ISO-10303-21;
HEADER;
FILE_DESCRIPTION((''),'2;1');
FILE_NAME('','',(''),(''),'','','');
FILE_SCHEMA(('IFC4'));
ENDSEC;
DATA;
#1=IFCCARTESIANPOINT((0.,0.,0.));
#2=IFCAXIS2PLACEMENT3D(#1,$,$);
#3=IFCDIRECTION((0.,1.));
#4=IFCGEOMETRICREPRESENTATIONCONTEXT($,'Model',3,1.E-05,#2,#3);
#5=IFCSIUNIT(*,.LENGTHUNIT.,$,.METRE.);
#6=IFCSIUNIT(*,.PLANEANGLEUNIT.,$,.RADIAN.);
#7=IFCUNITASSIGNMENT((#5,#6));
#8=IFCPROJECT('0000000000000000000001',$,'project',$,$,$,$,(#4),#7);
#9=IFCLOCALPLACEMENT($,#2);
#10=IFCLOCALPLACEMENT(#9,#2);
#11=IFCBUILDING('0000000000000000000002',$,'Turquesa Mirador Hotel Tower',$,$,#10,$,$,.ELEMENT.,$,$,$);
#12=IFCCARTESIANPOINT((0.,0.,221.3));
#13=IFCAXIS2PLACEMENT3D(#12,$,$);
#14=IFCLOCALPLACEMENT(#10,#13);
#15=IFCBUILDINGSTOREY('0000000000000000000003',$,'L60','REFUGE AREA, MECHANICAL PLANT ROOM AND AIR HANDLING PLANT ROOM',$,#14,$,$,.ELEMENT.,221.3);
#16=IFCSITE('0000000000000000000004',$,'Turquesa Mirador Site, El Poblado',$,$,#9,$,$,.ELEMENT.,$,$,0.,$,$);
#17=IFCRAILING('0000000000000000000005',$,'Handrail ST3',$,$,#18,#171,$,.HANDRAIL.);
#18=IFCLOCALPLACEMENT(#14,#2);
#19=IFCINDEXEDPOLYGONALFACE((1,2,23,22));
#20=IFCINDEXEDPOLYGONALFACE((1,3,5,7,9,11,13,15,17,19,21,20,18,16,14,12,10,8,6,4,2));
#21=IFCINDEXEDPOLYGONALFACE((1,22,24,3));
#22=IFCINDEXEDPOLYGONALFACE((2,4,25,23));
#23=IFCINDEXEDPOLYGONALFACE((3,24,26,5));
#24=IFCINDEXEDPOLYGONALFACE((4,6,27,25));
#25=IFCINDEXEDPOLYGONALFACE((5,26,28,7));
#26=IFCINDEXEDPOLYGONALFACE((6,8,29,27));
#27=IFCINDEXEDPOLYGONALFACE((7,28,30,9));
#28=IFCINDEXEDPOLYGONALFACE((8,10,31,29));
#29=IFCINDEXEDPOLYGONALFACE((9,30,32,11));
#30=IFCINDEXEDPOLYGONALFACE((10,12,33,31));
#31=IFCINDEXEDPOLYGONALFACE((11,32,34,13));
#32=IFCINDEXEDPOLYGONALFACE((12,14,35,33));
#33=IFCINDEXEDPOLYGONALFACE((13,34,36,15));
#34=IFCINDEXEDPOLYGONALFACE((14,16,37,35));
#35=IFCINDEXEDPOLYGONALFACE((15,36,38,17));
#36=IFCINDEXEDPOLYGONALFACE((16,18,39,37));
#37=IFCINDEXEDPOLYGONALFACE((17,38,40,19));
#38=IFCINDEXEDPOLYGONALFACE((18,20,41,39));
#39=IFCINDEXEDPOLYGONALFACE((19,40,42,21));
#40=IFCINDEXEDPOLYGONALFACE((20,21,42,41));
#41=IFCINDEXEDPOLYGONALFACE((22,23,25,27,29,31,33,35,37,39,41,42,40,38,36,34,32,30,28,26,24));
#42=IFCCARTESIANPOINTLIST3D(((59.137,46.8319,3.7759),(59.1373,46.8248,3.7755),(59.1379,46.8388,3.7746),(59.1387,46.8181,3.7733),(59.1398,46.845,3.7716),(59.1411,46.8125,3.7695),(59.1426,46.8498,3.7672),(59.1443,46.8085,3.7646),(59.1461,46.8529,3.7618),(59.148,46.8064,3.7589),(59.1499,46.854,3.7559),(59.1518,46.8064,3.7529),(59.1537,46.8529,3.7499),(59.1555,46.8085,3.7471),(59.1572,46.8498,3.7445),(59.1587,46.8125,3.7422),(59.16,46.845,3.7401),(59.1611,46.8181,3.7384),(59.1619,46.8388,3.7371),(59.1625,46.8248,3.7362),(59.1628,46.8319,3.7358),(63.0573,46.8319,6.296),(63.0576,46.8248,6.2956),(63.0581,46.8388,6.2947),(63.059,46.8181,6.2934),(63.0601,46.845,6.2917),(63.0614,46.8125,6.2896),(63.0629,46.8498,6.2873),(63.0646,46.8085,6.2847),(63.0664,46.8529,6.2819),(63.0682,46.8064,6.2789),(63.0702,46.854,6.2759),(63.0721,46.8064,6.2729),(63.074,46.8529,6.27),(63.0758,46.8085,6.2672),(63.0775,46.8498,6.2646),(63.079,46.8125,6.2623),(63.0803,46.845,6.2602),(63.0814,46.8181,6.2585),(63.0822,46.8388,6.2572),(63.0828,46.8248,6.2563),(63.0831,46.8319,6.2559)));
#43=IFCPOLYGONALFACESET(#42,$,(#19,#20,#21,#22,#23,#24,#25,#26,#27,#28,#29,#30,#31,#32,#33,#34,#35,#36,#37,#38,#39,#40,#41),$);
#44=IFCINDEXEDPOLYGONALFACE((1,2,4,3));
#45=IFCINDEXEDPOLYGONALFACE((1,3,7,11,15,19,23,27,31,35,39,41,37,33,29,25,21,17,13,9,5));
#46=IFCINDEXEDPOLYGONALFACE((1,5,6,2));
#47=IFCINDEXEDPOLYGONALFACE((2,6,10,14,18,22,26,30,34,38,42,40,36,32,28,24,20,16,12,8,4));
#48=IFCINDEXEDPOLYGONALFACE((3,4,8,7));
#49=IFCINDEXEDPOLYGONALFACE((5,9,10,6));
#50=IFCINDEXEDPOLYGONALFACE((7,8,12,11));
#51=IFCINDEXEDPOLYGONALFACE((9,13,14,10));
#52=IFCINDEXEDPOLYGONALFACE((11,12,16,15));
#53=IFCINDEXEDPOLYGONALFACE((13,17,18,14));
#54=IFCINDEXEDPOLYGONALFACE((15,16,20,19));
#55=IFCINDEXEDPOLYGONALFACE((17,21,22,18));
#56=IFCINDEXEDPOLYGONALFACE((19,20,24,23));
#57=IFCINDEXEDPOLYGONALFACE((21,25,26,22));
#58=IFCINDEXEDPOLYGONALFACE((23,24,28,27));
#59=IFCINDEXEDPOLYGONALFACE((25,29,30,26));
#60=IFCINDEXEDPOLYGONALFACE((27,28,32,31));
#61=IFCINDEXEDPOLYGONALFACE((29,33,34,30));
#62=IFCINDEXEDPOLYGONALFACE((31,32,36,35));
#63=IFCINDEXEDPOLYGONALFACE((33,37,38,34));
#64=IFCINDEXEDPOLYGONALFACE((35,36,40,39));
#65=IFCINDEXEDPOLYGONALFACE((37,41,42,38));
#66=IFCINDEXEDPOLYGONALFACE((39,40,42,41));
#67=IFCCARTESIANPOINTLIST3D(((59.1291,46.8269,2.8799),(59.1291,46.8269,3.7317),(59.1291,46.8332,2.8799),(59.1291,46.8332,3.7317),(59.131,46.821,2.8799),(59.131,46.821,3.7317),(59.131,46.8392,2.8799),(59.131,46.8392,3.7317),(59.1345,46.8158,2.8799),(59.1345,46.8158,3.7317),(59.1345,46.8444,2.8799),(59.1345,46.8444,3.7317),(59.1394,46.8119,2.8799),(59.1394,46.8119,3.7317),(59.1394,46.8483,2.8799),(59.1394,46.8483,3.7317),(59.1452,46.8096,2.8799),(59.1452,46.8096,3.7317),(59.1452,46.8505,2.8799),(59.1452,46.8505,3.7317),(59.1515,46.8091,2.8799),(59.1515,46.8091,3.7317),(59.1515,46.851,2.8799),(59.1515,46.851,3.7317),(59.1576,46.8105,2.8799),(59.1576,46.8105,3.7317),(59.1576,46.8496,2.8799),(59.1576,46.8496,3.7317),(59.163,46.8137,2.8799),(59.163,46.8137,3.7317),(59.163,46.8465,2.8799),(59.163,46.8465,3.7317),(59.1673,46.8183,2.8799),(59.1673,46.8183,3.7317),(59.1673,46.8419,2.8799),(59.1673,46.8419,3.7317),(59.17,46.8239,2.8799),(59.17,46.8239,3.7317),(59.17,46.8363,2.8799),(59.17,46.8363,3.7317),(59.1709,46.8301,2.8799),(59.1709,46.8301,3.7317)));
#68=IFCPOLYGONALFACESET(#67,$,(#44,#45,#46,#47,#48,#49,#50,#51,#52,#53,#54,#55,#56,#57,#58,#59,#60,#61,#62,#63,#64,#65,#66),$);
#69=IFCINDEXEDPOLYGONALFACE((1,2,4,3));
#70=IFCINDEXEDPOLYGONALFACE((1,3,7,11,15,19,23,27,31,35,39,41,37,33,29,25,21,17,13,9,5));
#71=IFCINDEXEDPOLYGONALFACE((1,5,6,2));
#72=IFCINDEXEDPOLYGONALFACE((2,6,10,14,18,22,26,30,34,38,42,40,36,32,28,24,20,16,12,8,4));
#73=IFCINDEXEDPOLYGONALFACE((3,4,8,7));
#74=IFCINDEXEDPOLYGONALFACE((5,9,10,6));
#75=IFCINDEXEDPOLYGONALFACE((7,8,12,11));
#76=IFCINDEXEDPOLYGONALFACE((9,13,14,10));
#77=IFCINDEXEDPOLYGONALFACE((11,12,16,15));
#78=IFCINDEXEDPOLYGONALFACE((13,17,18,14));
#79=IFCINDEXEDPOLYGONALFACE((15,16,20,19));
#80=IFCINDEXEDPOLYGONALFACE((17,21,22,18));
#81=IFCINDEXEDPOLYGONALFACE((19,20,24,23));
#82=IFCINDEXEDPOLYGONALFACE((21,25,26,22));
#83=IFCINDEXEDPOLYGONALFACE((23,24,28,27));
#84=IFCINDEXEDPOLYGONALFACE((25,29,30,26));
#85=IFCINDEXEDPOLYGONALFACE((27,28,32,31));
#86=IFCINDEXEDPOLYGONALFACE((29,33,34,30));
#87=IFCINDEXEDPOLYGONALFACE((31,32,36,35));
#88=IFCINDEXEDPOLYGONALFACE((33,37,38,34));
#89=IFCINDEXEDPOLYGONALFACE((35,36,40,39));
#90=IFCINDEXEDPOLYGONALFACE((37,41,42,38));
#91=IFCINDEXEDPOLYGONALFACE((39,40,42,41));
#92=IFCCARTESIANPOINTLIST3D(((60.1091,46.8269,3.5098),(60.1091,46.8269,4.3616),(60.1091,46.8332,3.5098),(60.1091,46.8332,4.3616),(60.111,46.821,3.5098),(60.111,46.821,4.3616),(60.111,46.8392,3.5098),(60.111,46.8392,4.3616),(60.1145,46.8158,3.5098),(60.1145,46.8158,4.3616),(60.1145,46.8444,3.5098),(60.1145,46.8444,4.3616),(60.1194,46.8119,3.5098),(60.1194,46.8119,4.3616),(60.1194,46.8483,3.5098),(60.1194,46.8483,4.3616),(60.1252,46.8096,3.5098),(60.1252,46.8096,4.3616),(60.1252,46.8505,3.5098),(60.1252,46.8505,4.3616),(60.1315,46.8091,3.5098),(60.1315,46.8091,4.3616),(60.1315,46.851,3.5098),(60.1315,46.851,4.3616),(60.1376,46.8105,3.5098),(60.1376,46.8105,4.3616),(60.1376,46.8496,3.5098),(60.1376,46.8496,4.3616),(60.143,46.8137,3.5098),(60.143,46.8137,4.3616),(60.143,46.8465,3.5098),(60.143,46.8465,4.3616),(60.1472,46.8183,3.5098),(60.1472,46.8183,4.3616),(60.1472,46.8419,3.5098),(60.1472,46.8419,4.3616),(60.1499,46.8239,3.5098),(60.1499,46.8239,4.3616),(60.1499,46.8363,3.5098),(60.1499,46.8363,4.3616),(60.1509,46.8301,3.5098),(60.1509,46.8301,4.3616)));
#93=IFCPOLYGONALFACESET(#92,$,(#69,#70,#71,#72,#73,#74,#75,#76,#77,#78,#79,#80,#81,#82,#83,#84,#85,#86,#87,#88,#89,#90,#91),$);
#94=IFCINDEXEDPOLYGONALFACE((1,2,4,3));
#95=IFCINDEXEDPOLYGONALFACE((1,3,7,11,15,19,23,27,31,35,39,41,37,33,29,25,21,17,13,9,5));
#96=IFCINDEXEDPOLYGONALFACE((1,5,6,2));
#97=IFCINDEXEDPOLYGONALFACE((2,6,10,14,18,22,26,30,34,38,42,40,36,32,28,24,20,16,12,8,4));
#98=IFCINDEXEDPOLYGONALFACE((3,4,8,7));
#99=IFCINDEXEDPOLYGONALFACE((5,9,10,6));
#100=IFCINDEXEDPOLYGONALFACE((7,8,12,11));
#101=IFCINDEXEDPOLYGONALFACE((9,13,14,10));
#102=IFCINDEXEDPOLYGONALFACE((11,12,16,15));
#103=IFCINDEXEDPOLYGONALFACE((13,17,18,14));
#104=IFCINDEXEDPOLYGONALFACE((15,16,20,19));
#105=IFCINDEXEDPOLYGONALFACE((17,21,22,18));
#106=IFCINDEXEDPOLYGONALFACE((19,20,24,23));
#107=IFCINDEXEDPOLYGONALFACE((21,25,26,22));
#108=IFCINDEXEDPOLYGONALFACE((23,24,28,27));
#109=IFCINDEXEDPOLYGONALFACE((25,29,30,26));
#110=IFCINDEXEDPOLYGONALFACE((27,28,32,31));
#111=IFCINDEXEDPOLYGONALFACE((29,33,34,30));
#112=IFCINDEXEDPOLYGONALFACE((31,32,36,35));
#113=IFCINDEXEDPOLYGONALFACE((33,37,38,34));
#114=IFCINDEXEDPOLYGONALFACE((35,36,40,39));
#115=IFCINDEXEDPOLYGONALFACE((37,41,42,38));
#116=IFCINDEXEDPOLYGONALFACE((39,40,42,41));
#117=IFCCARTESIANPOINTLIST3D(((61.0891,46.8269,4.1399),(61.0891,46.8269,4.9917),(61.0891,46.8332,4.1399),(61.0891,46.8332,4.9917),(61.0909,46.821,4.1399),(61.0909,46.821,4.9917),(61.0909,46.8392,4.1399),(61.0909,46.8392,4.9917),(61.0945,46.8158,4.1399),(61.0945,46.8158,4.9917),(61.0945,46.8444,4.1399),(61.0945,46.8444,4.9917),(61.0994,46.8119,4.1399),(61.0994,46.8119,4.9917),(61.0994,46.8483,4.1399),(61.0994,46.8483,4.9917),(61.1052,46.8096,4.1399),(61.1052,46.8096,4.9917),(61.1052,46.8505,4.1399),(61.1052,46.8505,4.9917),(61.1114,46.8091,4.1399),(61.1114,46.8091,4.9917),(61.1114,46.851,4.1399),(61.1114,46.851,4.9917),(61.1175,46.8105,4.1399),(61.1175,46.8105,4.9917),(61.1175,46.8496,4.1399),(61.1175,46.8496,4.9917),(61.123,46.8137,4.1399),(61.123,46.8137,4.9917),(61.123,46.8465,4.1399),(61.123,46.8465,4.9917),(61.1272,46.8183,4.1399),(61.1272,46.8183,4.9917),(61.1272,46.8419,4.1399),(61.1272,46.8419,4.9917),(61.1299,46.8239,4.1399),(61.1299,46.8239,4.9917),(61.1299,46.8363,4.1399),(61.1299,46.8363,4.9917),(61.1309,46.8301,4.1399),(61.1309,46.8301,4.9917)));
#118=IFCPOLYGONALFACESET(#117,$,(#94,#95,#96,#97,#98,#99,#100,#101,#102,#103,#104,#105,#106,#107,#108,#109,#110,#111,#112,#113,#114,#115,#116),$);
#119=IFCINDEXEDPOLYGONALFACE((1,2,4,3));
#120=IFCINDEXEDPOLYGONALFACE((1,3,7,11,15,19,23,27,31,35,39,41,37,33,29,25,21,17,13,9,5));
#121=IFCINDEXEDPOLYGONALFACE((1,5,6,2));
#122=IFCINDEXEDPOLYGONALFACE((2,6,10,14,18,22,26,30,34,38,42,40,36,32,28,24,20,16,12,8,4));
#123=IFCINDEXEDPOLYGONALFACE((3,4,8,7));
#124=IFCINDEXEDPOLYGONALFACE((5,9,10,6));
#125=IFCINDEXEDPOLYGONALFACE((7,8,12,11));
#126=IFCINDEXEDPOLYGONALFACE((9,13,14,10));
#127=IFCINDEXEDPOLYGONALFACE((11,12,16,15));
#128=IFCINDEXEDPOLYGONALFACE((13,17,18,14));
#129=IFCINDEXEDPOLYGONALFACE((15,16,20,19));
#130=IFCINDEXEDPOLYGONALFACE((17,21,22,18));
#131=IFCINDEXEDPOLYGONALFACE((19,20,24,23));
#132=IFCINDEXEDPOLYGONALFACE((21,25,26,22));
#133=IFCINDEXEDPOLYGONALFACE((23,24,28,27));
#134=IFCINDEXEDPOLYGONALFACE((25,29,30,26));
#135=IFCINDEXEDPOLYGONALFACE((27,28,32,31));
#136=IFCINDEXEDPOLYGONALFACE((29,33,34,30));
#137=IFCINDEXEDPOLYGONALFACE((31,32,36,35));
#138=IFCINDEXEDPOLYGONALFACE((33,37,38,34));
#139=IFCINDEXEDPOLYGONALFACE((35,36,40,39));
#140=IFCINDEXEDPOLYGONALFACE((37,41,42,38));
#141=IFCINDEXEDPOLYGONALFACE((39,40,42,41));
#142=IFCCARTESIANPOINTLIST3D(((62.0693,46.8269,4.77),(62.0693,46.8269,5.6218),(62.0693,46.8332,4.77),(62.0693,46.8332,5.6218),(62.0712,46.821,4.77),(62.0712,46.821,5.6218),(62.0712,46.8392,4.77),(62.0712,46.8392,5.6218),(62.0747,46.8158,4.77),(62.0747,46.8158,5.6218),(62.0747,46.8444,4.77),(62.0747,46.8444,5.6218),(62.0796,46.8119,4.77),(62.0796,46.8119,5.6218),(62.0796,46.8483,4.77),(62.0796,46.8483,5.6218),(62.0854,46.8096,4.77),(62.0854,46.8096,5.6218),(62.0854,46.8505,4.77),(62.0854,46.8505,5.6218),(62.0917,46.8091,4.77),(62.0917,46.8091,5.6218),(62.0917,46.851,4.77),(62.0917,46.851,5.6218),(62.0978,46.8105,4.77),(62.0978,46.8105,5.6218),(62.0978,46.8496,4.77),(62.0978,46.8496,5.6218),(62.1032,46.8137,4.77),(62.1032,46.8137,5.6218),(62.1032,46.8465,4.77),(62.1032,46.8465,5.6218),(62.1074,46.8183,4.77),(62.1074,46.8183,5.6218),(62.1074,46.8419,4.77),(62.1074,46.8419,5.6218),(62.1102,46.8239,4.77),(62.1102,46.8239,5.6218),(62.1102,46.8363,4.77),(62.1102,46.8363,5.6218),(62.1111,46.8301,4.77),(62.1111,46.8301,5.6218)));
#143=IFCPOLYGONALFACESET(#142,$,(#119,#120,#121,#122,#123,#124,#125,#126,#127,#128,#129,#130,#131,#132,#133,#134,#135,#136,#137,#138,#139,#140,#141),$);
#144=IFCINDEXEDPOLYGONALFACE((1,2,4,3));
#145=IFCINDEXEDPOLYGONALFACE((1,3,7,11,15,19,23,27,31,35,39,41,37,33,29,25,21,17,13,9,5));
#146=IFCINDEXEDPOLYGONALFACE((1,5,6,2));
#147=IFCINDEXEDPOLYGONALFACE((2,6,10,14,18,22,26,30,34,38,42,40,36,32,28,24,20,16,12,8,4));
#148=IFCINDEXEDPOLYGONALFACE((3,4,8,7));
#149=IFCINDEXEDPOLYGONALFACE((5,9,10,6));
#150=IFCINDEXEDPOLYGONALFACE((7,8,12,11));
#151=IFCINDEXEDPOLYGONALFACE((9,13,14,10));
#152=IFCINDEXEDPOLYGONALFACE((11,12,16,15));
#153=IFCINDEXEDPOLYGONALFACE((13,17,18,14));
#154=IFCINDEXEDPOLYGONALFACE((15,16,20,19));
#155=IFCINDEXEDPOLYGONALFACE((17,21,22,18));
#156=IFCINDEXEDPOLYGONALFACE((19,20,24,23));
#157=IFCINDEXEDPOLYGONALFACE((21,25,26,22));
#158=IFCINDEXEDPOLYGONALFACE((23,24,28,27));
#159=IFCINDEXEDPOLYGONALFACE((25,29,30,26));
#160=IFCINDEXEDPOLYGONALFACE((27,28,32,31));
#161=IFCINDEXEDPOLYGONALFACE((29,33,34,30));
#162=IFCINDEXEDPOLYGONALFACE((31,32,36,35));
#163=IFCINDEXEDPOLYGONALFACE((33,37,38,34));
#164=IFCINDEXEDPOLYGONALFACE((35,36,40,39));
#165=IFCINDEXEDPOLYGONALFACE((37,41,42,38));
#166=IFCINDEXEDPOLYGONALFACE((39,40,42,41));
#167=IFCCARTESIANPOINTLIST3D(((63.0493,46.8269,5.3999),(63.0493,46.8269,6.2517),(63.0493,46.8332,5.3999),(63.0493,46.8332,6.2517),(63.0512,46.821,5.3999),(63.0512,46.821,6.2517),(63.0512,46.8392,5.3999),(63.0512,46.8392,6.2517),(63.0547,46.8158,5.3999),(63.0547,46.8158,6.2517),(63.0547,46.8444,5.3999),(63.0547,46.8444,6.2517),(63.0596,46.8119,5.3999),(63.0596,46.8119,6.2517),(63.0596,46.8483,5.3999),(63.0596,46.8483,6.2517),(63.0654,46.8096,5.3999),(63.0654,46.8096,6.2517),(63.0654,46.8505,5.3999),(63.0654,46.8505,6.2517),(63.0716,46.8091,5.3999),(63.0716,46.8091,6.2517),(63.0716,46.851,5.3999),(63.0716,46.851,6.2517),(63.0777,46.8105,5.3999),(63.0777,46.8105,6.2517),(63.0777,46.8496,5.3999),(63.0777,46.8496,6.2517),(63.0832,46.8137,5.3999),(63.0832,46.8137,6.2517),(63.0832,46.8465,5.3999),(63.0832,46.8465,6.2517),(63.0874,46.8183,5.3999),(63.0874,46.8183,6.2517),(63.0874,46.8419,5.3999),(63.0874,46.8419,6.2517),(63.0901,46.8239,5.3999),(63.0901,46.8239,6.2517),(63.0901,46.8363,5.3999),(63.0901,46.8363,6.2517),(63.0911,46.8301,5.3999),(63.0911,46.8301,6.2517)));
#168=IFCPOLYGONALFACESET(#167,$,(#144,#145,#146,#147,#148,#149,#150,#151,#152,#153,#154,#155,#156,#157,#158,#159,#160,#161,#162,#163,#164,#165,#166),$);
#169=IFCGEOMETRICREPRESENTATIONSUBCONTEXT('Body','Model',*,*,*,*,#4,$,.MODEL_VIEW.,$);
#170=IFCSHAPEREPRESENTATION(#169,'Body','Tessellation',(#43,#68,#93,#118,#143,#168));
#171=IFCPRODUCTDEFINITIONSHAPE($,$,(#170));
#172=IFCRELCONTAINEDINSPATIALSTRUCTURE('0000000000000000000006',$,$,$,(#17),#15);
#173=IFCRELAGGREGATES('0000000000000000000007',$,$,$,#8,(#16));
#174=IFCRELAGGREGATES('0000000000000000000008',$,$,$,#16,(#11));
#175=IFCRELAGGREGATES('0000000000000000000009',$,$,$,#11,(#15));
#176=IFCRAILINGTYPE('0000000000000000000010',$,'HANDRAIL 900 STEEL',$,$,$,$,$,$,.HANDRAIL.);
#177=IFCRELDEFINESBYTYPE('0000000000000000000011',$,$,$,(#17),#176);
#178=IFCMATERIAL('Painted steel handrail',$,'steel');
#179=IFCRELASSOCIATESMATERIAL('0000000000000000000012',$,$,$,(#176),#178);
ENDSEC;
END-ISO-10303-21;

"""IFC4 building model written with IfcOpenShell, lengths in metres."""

from ifc_helpers import new_model, si_unit, direction, frame, origin, origin_2d, place, context, subcontext, project, spatial, circle, extrude, material, type_object, element, save


model = new_model("IFC4")

# Units and contexts
model_context = context("Model", 3, precision=1e-05, world=origin(), true_north=direction((0.0, 1.0)))
body_context = subcontext(model_context, "Body", "Model", "MODEL_VIEW")
ifc_project = project(units=[si_unit("LENGTHUNIT", "METRE"), si_unit("PLANEANGLEUNIT", "RADIAN")], contexts=[model_context])

# Site, building, storey
site_placement = place(None, origin())
site = spatial("IfcSite", under=ifc_project, at=site_placement, Name="Turquesa Mirador Site, El Poblado", CompositionType="ELEMENT", RefElevation=0.0)
building_placement = place(site_placement, origin())
building = spatial("IfcBuilding", under=site, at=building_placement, Name="Turquesa Mirador Hotel Tower", CompositionType="ELEMENT")
storey_placement = place(building_placement, frame((0.0, 0.0, 221.3)))
storey = spatial("IfcBuildingStorey", under=building, at=storey_placement, Name="L60", Description="REFUGE AREA, MECHANICAL PLANT ROOM AND AIR HANDLING PLANT ROOM", CompositionType="ELEMENT", Elevation=221.3)

# Railing
ifc_material_1 = material(Name="Painted steel handrail", Category="steel")
railing_type = type_object("IfcRailingType", Name="HANDRAIL 900 STEEL", PredefinedType="HANDRAIL", material=ifc_material_1)
railing_placement = place(storey_placement, frame((59.1499, 46.8301, 2.8799)))
element("IfcRailing", 1, at=railing_placement, inside=storey, type_object=railing_type, Name="Handrail ST3", PredefinedType="HANDRAIL", context=body_context, shape_type="SweptSolid", body=[
    extrude(circle(Radius=0.0239, at=origin_2d()), frame((0.0, 0.0, 0.876), z_axis=(0.841187, 0.0, 0.540744), x_axis=(0.0, 1.0, 0.0)), (0.0, 0.0, 1.0), 4.6604),
    extrude(circle(Radius=0.021, at=origin_2d()), origin(), (0.0, 0.0, 1.0), 0.8518),
    extrude(circle(Radius=0.021, at=origin_2d()), frame((0.98, 0.0, 0.6299)), (0.0, 0.0, 1.0), 0.8518),
    extrude(circle(Radius=0.021, at=origin_2d()), frame((1.96, 0.0, 1.26)), (0.0, 0.0, 1.0), 0.8518),
    extrude(circle(Radius=0.021, at=origin_2d()), frame((2.9402, 0.0, 1.8901)), (0.0, 0.0, 1.0), 0.8518),
    extrude(circle(Radius=0.021, at=origin_2d()), frame((3.9202, 0.0, 2.52)), (0.0, 0.0, 1.0), 0.8518),
])

save(model, "model.ifc")
